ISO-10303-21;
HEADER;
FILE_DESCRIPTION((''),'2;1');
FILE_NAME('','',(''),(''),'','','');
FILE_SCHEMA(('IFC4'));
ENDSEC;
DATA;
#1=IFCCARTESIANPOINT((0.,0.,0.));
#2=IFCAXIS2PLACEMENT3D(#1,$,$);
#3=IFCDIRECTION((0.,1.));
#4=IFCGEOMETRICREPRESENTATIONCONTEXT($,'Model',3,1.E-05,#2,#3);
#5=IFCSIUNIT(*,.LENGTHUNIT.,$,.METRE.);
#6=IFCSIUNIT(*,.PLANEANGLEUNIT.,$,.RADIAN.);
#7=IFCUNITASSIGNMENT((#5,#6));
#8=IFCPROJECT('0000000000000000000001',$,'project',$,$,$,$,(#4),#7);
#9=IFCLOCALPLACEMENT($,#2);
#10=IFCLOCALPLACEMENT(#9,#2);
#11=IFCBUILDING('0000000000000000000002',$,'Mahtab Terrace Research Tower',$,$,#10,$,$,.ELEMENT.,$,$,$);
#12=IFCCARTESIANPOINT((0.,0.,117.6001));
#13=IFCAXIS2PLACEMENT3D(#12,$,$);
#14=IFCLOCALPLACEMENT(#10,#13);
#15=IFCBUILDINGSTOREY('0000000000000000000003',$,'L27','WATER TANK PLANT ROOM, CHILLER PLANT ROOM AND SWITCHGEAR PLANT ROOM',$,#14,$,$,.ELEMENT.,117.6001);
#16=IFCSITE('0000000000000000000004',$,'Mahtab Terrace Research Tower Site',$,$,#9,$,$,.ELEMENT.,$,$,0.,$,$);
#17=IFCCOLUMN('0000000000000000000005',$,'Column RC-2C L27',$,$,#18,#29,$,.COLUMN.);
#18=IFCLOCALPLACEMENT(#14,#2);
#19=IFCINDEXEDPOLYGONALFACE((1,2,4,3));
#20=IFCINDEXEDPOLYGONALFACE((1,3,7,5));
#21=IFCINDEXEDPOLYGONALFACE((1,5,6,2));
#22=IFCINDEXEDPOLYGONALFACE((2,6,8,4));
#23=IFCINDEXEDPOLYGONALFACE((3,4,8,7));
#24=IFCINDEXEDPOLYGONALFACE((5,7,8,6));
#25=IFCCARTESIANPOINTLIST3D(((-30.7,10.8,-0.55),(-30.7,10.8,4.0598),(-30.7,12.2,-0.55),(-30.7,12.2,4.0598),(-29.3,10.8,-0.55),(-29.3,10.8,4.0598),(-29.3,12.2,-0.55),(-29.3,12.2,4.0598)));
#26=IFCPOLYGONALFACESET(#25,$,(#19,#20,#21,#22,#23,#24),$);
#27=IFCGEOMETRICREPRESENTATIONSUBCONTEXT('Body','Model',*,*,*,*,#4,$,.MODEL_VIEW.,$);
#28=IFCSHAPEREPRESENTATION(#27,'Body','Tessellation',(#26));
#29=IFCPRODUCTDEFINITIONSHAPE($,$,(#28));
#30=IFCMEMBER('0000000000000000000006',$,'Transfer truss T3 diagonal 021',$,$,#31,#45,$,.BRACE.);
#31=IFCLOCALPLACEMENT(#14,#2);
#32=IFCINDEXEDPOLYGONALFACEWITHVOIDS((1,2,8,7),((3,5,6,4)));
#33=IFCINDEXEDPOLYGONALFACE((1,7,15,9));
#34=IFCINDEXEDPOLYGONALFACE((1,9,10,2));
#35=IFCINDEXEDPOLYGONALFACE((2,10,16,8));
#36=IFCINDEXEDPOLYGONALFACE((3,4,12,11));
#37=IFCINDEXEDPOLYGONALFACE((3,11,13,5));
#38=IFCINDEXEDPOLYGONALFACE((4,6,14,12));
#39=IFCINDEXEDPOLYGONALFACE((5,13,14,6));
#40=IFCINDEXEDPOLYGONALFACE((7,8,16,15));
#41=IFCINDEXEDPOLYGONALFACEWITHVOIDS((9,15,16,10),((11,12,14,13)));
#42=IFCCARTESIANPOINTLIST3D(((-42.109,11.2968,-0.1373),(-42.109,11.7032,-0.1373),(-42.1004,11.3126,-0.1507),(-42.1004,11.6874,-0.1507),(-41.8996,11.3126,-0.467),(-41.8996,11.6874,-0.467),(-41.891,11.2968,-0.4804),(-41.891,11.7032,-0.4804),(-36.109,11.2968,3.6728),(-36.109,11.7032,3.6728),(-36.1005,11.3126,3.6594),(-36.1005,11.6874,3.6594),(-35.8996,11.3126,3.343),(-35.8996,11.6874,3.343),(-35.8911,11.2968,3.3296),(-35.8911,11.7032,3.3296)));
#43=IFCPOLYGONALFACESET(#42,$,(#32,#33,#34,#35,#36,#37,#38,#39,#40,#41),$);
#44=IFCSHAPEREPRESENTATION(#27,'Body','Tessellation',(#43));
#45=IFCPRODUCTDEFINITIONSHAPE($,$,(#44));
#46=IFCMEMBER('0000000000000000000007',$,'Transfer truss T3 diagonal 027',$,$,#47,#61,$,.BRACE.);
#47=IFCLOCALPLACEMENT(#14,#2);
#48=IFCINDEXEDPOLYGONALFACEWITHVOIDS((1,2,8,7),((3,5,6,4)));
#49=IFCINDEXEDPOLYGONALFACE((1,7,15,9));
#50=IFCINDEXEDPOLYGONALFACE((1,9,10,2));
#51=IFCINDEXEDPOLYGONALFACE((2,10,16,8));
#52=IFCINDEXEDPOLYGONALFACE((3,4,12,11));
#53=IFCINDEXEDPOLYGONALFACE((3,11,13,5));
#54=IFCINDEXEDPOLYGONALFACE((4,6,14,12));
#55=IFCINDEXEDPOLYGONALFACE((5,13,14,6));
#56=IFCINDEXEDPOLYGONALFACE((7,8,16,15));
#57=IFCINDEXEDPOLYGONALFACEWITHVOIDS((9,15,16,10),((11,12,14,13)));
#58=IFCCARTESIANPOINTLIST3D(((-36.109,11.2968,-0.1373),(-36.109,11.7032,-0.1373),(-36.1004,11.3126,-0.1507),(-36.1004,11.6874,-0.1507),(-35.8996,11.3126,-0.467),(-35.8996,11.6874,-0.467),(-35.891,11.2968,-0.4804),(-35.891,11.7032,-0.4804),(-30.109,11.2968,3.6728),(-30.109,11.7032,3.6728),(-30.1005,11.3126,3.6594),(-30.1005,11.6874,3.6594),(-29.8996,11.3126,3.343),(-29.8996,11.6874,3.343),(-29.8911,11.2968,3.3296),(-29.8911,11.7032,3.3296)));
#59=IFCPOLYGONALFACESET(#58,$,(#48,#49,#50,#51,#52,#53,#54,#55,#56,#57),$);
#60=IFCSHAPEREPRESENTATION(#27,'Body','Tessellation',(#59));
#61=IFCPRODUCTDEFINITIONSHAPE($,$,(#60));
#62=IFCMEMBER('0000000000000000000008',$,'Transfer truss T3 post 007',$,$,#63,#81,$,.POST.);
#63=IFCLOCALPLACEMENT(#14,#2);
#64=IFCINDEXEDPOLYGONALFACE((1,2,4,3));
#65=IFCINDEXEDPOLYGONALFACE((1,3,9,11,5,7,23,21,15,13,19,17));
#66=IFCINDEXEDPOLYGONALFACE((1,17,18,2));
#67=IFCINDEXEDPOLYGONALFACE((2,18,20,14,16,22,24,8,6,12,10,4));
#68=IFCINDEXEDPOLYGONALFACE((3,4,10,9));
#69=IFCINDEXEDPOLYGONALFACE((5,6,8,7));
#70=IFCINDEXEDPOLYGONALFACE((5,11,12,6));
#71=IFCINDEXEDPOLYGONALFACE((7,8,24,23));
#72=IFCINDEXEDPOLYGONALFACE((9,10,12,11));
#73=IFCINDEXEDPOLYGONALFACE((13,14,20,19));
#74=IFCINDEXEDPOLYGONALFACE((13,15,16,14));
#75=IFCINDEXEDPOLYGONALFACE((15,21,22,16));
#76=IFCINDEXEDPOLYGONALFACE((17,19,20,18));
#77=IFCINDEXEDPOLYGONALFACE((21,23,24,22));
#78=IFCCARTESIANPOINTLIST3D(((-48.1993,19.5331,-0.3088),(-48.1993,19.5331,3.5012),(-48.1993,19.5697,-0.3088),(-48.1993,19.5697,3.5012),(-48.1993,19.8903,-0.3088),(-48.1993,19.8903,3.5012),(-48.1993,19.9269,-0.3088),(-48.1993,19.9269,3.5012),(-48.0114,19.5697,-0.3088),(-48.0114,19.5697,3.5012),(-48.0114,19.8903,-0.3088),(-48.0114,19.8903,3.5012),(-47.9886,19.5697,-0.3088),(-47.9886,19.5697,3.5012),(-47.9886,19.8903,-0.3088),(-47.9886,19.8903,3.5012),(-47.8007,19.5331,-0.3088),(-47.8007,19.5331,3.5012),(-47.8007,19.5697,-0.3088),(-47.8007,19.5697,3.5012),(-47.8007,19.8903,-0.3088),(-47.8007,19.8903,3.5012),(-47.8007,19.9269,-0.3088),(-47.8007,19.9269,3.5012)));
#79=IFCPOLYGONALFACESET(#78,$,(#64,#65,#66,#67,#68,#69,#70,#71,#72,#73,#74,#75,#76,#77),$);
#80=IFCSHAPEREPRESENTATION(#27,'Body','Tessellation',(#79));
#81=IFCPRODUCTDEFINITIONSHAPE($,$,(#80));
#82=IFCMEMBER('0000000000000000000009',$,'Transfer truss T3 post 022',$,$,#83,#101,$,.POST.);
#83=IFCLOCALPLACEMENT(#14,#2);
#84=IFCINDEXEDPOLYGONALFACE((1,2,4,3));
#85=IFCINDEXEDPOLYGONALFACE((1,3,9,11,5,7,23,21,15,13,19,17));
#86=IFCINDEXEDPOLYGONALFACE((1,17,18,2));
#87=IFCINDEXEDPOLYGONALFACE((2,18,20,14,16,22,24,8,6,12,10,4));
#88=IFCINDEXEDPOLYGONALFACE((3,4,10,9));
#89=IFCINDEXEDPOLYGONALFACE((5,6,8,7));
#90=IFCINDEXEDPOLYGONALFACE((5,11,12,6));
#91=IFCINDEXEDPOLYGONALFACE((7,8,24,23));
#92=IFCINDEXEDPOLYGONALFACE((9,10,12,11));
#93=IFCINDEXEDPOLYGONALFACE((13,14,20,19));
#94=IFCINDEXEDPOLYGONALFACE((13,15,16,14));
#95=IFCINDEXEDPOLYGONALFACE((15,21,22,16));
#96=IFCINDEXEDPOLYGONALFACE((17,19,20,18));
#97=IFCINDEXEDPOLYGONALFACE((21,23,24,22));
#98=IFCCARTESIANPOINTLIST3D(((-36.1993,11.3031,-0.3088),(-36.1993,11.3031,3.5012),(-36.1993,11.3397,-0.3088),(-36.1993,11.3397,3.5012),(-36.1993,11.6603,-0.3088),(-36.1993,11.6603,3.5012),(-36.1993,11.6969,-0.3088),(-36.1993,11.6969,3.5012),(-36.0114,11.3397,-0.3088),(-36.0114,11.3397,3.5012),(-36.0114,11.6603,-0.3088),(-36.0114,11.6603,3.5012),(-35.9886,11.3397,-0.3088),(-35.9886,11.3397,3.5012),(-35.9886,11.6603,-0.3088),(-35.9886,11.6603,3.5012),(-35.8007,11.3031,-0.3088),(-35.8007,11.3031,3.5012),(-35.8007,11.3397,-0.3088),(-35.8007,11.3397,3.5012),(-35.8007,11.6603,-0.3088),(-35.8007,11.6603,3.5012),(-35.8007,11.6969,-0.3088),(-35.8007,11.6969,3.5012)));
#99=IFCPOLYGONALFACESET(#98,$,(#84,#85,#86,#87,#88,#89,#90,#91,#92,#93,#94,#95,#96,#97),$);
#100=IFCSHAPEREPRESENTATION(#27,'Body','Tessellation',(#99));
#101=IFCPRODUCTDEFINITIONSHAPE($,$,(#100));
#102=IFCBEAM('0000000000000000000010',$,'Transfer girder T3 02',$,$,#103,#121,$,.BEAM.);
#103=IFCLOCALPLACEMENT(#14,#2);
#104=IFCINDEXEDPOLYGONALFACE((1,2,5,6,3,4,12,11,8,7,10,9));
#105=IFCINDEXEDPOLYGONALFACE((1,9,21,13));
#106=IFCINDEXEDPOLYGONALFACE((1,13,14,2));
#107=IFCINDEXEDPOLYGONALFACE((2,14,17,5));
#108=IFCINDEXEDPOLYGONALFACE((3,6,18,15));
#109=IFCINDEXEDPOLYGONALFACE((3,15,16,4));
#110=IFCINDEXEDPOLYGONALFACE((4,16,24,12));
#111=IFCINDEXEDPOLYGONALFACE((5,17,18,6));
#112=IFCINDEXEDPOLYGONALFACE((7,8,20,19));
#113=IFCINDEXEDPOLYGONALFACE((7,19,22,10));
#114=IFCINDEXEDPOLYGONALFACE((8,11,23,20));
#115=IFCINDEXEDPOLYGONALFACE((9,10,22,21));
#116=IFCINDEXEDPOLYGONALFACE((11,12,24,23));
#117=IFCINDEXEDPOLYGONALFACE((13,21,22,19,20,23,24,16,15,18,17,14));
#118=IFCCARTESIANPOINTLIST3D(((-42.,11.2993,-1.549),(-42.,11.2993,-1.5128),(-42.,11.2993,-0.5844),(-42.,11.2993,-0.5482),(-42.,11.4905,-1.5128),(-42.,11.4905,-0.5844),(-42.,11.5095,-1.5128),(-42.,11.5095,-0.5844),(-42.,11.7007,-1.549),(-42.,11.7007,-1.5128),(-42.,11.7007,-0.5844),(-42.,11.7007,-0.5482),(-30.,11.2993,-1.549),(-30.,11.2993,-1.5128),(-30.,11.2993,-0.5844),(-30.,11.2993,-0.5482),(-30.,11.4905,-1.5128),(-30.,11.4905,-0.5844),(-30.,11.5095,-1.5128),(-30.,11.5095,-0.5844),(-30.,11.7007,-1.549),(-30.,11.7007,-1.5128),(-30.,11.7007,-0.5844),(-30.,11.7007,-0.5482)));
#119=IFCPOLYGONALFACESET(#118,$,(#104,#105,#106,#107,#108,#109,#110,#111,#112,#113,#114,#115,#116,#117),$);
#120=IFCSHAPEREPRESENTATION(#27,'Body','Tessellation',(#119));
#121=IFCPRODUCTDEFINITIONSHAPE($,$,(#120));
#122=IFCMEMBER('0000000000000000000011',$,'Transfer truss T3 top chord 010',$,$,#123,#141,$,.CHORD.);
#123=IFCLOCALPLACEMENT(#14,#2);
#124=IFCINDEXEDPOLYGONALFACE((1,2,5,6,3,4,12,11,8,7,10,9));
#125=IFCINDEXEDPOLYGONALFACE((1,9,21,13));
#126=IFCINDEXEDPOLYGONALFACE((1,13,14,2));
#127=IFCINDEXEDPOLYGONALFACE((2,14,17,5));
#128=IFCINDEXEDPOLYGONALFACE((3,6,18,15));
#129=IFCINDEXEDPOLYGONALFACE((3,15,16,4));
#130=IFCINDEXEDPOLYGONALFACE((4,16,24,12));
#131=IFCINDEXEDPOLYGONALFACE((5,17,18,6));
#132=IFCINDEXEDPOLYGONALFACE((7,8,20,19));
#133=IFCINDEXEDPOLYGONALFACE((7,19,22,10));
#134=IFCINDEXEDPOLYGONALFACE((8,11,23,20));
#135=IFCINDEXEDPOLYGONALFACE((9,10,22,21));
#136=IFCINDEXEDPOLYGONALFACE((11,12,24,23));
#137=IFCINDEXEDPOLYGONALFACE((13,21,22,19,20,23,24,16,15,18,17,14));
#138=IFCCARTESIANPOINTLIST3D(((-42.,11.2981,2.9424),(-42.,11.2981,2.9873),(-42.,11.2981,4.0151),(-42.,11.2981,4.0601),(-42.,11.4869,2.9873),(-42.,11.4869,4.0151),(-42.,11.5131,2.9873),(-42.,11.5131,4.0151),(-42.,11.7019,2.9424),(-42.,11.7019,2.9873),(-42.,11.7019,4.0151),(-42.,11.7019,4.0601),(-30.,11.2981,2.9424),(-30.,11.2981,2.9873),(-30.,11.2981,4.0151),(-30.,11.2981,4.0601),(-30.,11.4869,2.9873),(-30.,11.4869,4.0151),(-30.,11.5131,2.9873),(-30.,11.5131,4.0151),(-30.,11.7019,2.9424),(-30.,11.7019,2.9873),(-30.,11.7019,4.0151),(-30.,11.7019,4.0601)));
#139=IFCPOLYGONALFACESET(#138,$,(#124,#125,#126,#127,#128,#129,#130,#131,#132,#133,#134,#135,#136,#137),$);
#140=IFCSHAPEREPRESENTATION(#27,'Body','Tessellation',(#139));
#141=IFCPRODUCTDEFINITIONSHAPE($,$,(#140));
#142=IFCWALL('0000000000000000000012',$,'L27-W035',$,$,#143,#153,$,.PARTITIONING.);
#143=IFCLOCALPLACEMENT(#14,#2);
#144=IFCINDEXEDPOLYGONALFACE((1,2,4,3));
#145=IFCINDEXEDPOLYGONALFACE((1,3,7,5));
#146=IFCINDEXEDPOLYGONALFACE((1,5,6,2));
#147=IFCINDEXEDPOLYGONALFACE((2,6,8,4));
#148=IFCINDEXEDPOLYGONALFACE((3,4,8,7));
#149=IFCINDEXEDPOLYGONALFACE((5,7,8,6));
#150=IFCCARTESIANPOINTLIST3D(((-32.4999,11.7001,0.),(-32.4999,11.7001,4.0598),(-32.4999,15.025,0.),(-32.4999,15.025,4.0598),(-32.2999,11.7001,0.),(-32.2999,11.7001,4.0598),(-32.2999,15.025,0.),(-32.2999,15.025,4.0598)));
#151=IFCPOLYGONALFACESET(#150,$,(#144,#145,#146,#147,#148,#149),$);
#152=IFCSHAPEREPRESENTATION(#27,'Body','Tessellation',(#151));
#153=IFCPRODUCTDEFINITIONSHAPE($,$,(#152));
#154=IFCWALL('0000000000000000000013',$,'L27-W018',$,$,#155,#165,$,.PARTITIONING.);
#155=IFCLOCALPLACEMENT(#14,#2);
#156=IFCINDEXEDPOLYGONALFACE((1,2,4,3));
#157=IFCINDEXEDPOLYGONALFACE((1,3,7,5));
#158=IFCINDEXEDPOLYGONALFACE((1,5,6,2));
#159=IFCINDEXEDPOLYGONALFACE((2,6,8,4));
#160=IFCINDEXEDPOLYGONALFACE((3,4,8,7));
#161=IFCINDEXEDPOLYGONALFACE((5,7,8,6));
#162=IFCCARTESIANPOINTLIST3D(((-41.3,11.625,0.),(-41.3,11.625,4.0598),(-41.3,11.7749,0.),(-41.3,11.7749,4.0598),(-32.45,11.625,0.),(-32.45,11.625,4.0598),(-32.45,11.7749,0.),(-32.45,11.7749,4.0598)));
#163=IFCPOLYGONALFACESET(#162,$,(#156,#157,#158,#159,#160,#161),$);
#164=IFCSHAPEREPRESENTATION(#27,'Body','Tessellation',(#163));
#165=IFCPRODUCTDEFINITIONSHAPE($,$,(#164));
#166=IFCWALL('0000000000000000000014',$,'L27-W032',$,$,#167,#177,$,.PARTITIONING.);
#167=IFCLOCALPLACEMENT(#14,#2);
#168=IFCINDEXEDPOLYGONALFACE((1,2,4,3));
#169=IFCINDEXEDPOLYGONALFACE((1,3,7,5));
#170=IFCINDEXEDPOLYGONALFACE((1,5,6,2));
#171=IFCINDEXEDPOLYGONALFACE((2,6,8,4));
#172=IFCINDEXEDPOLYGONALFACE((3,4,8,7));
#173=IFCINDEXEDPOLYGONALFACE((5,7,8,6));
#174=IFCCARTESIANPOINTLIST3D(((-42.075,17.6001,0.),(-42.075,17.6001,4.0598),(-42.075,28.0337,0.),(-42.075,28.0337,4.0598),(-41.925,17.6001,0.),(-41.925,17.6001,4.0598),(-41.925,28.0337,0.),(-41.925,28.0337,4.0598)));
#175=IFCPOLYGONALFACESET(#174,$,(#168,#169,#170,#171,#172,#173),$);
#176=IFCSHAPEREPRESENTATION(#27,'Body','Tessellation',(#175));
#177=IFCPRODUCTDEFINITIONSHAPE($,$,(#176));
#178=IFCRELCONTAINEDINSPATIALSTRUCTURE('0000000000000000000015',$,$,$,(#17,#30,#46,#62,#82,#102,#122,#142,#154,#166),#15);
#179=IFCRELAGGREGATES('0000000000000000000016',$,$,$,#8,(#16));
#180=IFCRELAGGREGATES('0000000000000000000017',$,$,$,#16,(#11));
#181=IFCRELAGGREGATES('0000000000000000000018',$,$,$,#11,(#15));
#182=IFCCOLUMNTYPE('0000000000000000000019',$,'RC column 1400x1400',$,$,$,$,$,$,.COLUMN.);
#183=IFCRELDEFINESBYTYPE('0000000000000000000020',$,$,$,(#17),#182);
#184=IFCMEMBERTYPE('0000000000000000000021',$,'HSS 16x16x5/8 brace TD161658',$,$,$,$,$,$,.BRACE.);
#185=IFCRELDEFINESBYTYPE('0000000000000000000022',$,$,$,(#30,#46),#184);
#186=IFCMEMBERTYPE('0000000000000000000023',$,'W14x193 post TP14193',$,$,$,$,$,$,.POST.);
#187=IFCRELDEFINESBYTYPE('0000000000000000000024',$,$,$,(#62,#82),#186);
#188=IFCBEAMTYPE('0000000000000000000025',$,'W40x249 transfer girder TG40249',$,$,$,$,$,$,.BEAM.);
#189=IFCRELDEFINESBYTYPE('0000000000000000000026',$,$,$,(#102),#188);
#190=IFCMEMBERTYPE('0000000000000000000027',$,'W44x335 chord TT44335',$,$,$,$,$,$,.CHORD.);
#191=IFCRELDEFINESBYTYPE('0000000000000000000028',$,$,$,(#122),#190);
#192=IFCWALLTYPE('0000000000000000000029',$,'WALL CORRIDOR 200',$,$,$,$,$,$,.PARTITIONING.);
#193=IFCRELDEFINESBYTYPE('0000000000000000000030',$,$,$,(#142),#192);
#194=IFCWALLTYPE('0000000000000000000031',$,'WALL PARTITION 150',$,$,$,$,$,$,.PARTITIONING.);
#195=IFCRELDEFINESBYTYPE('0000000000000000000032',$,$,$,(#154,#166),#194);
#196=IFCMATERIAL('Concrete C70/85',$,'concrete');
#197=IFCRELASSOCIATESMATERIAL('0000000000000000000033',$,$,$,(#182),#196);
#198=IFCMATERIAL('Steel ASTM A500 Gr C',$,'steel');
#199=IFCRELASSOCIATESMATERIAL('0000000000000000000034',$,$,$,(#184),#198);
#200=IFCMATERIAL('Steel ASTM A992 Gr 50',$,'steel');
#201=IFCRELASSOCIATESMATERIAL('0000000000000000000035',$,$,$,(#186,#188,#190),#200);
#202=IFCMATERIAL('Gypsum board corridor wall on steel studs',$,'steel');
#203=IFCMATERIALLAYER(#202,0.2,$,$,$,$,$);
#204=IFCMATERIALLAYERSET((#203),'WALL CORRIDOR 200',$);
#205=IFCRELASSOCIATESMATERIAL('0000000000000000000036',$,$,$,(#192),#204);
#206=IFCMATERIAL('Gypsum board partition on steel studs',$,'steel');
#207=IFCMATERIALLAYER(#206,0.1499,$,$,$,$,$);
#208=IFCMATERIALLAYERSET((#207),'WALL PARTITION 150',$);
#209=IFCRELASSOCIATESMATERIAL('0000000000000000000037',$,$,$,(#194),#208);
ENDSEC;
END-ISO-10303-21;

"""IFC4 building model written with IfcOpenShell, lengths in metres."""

from ifc_helpers import new_model, si_unit, direction, frame, frame_2d, origin, origin_2d, place, context, subcontext, project, spatial, rectangle, hollow_rectangle, i_section, extrude, material, layer, layer_set, material_profile, profile_set, type_object, element, save


model = new_model("IFC4")

# Units and contexts
model_context = context("Model", 3, precision=1e-05, world=origin(), true_north=direction((0.0, 1.0)))
body_context = subcontext(model_context, "Body", "Model", "MODEL_VIEW")
ifc_project = project(units=[si_unit("LENGTHUNIT", "METRE"), si_unit("PLANEANGLEUNIT", "RADIAN")], contexts=[model_context])

# Site, building, storey
site_placement = place(None, origin())
site = spatial("IfcSite", under=ifc_project, at=site_placement, Name="Mahtab Terrace Research Tower Site", CompositionType="ELEMENT", RefElevation=0.0)
building_placement = place(site_placement, origin())
building = spatial("IfcBuilding", under=site, at=building_placement, Name="Mahtab Terrace Research Tower", CompositionType="ELEMENT")
storey_placement = place(building_placement, frame((0.0, 0.0, 117.6001)))
storey = spatial("IfcBuildingStorey", under=building, at=storey_placement, Name="L27", Description="WATER TANK PLANT ROOM, CHILLER PLANT ROOM AND SWITCHGEAR PLANT ROOM", CompositionType="ELEMENT", Elevation=117.6001)

# Column
ifc_material_1 = material(Name="Concrete C70/85", Category="concrete")
ifc_material_profile_1 = material_profile(ifc_material_1, rectangle(XDim=1.3999, YDim=1.3999, at=origin_2d()), Name="RC column 1400x1400")
ifc_profile_set_1 = profile_set([ifc_material_profile_1], Name="Concrete C70/85")
column_type = type_object("IfcColumnType", Name="RC column 1400x1400", PredefinedType="COLUMN", material=ifc_profile_set_1)
column_placement = place(storey_placement, frame((-30.0, 11.5, -0.55), z_axis=(0.0, 0.0, 1.0), x_axis=(1.0, 0.0, 0.0)))
element("IfcColumn", 1, at=column_placement, inside=storey, type_object=column_type, Name="Column RC-2C L27", PredefinedType="COLUMN", context=body_context, shape_type="SweptSolid", body=[
    extrude(rectangle(XDim=1.3999, YDim=1.3999, at=origin_2d()), origin(), (0.0, 0.0, 1.0), 4.6099),
])

# Members
ifc_material_2 = material(Name="Steel ASTM A500 Gr C", Category="steel")
ifc_material_profile_2 = material_profile(ifc_material_2, hollow_rectangle(XDim=0.4065, YDim=0.4065, WallThickness=0.0159, at=origin_2d()), Name="HSS16X16X5/8")
ifc_profile_set_2 = profile_set([ifc_material_profile_2], Name="Steel ASTM A500 Gr C")
member_type_1 = type_object("IfcMemberType", Name="HSS 16x16x5/8 brace TD161658", PredefinedType="BRACE", material=ifc_profile_set_2)
for number, where, z_axis, x_axis, name in (
    (2, (-42.0, 11.5, -0.3088), (0.844179, 0.0, 0.536062), (0.0, 1.0, 0.0), "Transfer truss T3 diagonal 021"),
    (3, (-36.0, 11.5, -0.3088), (0.844179, 0.0, 0.536062), (0.0, 1.0, 0.0), "Transfer truss T3 diagonal 027"),
):
    element("IfcMember", number, at=place(storey_placement, frame(where, z_axis=z_axis, x_axis=x_axis)), inside=storey, type_object=member_type_1, Name=name, PredefinedType="BRACE", context=body_context, shape_type="SweptSolid", body=[
        extrude(hollow_rectangle(XDim=0.4065, YDim=0.4065, WallThickness=0.0159, at=origin_2d()), origin(), (0.0, 0.0, 1.0), 7.1074),
    ])
ifc_material_3 = material(Name="Steel ASTM A992 Gr 50", Category="steel")
ifc_material_profile_3 = material_profile(ifc_material_3, i_section(OverallWidth=0.3987, OverallDepth=0.3938, WebThickness=0.0227, FlangeThickness=0.0366, at=origin_2d()), Name="W14X193")
ifc_profile_set_3 = profile_set([ifc_material_profile_3], Name="Steel ASTM A992 Gr 50")
member_type_2 = type_object("IfcMemberType", Name="W14x193 post TP14193", PredefinedType="POST", material=ifc_profile_set_3)
for number, where, z_axis, x_axis, name in (
    (4, (-48.0, 19.73, -0.3088), (0.0, 0.0, 1.0), (1.0, 0.0, 0.0), "Transfer truss T3 post 007"),
    (5, (-36.0, 11.5, -0.3088), (0.0, 0.0, 1.0), (1.0, 0.0, 0.0), "Transfer truss T3 post 022"),
):
    element("IfcMember", number, at=place(storey_placement, frame(where, z_axis=z_axis, x_axis=x_axis)), inside=storey, type_object=member_type_2, Name=name, PredefinedType="POST", context=body_context, shape_type="SweptSolid", body=[
        extrude(i_section(OverallWidth=0.3987, OverallDepth=0.3938, WebThickness=0.0227, FlangeThickness=0.0366, at=origin_2d()), origin(), (0.0, 0.0, 1.0), 3.8101),
    ])

# Beam
ifc_material_profile_4 = material_profile(ifc_material_3, i_section(OverallWidth=0.4014, OverallDepth=1.0007, WebThickness=0.019, FlangeThickness=0.0361, at=origin_2d()), Name="W40X249")
ifc_profile_set_4 = profile_set([ifc_material_profile_4], Name="Steel ASTM A992 Gr 50")
beam_type = type_object("IfcBeamType", Name="W40x249 transfer girder TG40249", PredefinedType="BEAM", material=ifc_profile_set_4)
beam_placement = place(storey_placement, frame((-42.0, 11.5, -1.0486), z_axis=(1.0, 0.0, 0.0), x_axis=(0.0, 1.0, 0.0)))
element("IfcBeam", 6, at=beam_placement, inside=storey, type_object=beam_type, Name="Transfer girder T3 02", PredefinedType="BEAM", context=body_context, shape_type="SweptSolid", body=[
    extrude(i_section(OverallWidth=0.4014, OverallDepth=1.0007, WebThickness=0.019, FlangeThickness=0.0361, at=origin_2d()), origin(), (0.0, 0.0, 1.0), 12.0),
])

# Member
ifc_material_profile_5 = material_profile(ifc_material_3, i_section(OverallWidth=0.4038, OverallDepth=1.1177, WebThickness=0.0261, FlangeThickness=0.0449, at=origin_2d()), Name="W44X335")
ifc_profile_set_5 = profile_set([ifc_material_profile_5], Name="Steel ASTM A992 Gr 50")
member_type_3 = type_object("IfcMemberType", Name="W44x335 chord TT44335", PredefinedType="CHORD", material=ifc_profile_set_5)
member_placement = place(storey_placement, frame((-42.0, 11.5, 3.5012), z_axis=(1.0, 0.0, 0.0), x_axis=(0.0, 1.0, 0.0)))
element("IfcMember", 7, at=member_placement, inside=storey, type_object=member_type_3, Name="Transfer truss T3 top chord 010", PredefinedType="CHORD", context=body_context, shape_type="SweptSolid", body=[
    extrude(i_section(OverallWidth=0.4038, OverallDepth=1.1177, WebThickness=0.0261, FlangeThickness=0.0449, at=origin_2d()), origin(), (0.0, 0.0, 1.0), 12.0),
])

# Walls
ifc_material_4 = material(Name="Gypsum board corridor wall on steel studs", Category="steel")
ifc_layer_1 = layer(ifc_material_4, 0.2)
ifc_layer_set_1 = layer_set([ifc_layer_1], Name="WALL CORRIDOR 200")
wall_type_1 = type_object("IfcWallType", Name="WALL CORRIDOR 200", PredefinedType="PARTITIONING", material=ifc_layer_set_1)
wall_1_placement = place(storey_placement, frame((-32.3999, 11.7, 0.0), z_axis=(0.0, 0.0, 1.0), x_axis=(0.0, 1.0, 0.0)))
element("IfcWall", 8, at=wall_1_placement, inside=storey, type_object=wall_type_1, Name="L27-W035", PredefinedType="PARTITIONING", context=body_context, shape_type="SweptSolid", body=[
    extrude(rectangle(XDim=3.325, YDim=0.2, at=frame_2d((1.6626, 0.0))), origin(), (0.0, 0.0, 1.0), 4.0598),
])
ifc_material_5 = material(Name="Gypsum board partition on steel studs", Category="steel")
ifc_layer_2 = layer(ifc_material_5, 0.1499)
ifc_layer_set_2 = layer_set([ifc_layer_2], Name="WALL PARTITION 150")
wall_type_2 = type_object("IfcWallType", Name="WALL PARTITION 150", PredefinedType="PARTITIONING", material=ifc_layer_set_2)
wall_2_placement = place(storey_placement, frame((-41.3, 11.7, 0.0), z_axis=(0.0, 0.0, 1.0), x_axis=(1.0, 0.0, 0.0)))
element("IfcWall", 9, at=wall_2_placement, inside=storey, type_object=wall_type_2, Name="L27-W018", PredefinedType="PARTITIONING", context=body_context, shape_type="SweptSolid", body=[
    extrude(rectangle(XDim=8.8501, YDim=0.1499, at=frame_2d((4.425, 0.0))), origin(), (0.0, 0.0, 1.0), 4.0598),
])
wall_3_placement = place(storey_placement, frame((-42.0, 17.6001, 0.0), z_axis=(0.0, 0.0, 1.0), x_axis=(0.0, 1.0, 0.0)))
element("IfcWall", 10, at=wall_3_placement, inside=storey, type_object=wall_type_2, Name="L27-W032", PredefinedType="PARTITIONING", context=body_context, shape_type="SweptSolid", body=[
    extrude(rectangle(XDim=10.4336, YDim=0.1499, at=frame_2d((5.2168, 0.0))), origin(), (0.0, 0.0, 1.0), 4.0598),
])

save(model, "model.ifc")
